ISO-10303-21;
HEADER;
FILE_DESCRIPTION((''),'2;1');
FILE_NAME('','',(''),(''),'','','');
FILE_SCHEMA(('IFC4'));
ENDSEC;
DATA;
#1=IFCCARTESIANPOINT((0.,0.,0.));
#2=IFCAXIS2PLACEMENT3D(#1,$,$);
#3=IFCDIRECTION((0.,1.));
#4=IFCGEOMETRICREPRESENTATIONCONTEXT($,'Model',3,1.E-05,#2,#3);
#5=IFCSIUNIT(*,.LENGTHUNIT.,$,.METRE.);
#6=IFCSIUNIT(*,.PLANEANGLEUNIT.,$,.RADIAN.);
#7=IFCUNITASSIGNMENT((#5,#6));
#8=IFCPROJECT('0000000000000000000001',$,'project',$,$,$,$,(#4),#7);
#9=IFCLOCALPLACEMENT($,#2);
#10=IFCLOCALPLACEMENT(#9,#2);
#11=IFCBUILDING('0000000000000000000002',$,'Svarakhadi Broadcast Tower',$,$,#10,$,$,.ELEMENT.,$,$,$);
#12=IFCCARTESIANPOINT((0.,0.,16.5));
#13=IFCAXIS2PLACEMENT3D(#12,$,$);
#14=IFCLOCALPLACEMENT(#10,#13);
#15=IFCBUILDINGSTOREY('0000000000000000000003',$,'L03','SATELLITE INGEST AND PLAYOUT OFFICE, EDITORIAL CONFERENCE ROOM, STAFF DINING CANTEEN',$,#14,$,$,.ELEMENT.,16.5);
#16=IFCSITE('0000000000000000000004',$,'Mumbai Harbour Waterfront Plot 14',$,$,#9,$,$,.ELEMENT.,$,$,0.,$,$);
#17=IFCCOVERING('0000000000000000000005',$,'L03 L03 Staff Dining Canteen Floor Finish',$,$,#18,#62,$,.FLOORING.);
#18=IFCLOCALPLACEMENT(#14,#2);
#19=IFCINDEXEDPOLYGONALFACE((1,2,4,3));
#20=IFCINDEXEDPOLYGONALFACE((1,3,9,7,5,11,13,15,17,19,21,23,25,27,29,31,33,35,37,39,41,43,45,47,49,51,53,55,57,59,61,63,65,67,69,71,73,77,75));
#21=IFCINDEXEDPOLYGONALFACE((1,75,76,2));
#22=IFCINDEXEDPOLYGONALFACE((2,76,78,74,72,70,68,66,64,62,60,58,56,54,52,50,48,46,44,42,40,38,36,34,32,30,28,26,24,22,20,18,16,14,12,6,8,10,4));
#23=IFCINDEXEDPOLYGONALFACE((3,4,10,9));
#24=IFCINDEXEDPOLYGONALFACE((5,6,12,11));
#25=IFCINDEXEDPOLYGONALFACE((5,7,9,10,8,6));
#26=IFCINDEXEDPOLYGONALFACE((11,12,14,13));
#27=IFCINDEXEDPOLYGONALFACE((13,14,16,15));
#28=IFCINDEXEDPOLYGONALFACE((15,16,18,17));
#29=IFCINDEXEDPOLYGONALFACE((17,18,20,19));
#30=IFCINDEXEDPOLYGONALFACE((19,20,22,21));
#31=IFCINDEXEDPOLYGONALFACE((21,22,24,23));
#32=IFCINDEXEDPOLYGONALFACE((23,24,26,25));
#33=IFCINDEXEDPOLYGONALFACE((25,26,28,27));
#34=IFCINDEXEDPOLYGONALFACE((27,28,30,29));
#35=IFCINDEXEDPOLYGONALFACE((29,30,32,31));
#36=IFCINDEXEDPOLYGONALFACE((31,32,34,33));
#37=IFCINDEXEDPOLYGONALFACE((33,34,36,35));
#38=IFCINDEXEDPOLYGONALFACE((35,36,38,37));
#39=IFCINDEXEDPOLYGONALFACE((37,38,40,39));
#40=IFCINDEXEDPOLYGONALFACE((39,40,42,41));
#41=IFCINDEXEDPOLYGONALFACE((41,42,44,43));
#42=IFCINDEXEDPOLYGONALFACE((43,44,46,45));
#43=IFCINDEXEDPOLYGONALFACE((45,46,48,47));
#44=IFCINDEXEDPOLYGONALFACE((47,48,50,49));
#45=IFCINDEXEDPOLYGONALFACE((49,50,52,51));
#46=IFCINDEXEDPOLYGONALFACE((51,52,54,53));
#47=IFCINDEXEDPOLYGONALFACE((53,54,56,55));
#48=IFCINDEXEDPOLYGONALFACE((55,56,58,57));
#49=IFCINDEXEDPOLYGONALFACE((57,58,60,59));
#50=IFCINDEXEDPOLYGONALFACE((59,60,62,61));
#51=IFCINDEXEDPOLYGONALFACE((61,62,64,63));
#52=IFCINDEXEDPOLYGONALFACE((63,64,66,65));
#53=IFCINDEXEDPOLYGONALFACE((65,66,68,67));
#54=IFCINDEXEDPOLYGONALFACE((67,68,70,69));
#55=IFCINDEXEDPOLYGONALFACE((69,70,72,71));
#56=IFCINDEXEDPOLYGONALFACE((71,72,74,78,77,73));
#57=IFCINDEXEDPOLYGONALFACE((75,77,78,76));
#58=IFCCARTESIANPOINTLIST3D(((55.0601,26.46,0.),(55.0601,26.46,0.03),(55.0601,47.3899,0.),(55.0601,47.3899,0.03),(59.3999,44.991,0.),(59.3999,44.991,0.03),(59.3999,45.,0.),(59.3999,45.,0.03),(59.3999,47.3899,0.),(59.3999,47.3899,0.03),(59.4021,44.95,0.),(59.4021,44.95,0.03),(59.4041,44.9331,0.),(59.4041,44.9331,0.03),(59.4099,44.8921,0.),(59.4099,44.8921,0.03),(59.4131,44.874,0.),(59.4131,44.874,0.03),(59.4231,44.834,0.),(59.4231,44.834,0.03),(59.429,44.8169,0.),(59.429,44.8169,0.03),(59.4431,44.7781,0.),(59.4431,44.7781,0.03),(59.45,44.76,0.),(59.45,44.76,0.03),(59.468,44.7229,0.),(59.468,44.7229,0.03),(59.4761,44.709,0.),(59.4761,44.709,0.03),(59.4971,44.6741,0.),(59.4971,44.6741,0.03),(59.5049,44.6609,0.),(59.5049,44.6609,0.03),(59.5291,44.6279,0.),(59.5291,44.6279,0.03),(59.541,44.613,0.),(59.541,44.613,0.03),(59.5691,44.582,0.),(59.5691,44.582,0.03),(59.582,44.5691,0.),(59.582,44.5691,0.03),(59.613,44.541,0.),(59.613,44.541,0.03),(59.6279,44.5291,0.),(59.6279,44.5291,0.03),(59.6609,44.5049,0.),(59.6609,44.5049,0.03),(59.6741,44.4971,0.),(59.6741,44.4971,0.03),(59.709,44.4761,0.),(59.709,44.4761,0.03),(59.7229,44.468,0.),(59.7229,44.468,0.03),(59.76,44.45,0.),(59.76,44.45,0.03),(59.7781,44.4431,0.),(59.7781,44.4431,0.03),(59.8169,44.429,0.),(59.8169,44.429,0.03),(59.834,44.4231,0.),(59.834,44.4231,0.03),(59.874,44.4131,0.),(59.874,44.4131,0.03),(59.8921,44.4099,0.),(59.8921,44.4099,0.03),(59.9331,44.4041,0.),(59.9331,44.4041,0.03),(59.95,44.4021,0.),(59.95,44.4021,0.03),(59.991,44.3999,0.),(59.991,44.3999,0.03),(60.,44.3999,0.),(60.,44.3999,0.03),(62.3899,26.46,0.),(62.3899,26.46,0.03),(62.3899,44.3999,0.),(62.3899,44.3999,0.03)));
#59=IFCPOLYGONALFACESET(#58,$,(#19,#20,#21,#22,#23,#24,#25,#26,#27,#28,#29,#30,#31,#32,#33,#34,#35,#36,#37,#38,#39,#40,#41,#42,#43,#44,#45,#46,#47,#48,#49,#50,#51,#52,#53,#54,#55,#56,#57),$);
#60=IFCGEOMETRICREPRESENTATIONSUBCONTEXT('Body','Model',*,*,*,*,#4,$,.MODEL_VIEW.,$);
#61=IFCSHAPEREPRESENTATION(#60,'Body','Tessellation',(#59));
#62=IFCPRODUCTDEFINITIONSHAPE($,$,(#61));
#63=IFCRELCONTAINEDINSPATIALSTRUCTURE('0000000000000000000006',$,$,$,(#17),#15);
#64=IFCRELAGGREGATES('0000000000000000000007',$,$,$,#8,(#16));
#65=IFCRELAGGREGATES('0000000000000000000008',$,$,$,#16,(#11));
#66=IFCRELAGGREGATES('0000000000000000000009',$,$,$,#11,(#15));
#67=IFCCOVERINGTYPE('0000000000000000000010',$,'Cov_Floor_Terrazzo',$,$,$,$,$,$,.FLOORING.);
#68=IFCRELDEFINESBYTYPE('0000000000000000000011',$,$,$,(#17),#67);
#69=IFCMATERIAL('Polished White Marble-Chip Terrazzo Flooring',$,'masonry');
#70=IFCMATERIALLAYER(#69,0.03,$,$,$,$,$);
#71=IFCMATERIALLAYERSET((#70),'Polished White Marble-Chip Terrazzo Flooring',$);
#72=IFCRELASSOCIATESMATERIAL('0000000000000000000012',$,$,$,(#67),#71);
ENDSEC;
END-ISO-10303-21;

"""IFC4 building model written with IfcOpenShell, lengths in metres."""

from ifc_helpers import new_model, si_unit, direction, frame, origin, place, context, subcontext, project, spatial, polyline, outline, extrude, material, layer, layer_set, type_object, element, save


model = new_model("IFC4")

# Units and contexts
model_context = context("Model", 3, precision=1e-05, world=origin(), true_north=direction((0.0, 1.0)))
body_context = subcontext(model_context, "Body", "Model", "MODEL_VIEW")
ifc_project = project(units=[si_unit("LENGTHUNIT", "METRE"), si_unit("PLANEANGLEUNIT", "RADIAN")], contexts=[model_context])

# Site, building, storey
site_placement = place(None, origin())
site = spatial("IfcSite", under=ifc_project, at=site_placement, Name="Mumbai Harbour Waterfront Plot 14", CompositionType="ELEMENT", RefElevation=0.0)
building_placement = place(site_placement, origin())
building = spatial("IfcBuilding", under=site, at=building_placement, Name="Svarakhadi Broadcast Tower", CompositionType="ELEMENT")
storey_placement = place(building_placement, frame((0.0, 0.0, 16.5)))
storey = spatial("IfcBuildingStorey", under=building, at=storey_placement, Name="L03", Description="SATELLITE INGEST AND PLAYOUT OFFICE, EDITORIAL CONFERENCE ROOM, STAFF DINING CANTEEN", CompositionType="ELEMENT", Elevation=16.5)

# Covering
ifc_material_1 = material(Name="Polished White Marble-Chip Terrazzo Flooring", Category="masonry")
ifc_layer_1 = layer(ifc_material_1, 0.03)
ifc_layer_set_1 = layer_set([ifc_layer_1], Name="Polished White Marble-Chip Terrazzo Flooring")
covering_type_1 = type_object("IfcCoveringType", Name="Cov_Floor_Terrazzo", PredefinedType="FLOORING", material=ifc_layer_set_1)
covering_1_placement = place(storey_placement, origin())
element("IfcCovering", 1, at=covering_1_placement, inside=storey, type_object=covering_type_1, Name="L03 L03 Staff Dining Canteen Floor Finish", PredefinedType="FLOORING", context=body_context, shape_type="SweptSolid", body=[
    extrude(outline(polyline([(55.0601, 47.3899), (59.3999, 47.3899), (59.3999, 45.0), (59.3999, 44.991), (59.4021, 44.95), (59.4041, 44.9331), (59.4099, 44.8921), (59.4131, 44.874), (59.4231, 44.834), (59.429, 44.8169), (59.4431, 44.7781), (59.45, 44.76), (59.468, 44.7229), (59.4761, 44.709), (59.4971, 44.6741), (59.5049, 44.6609), (59.5291, 44.6279), (59.541, 44.613), (59.5691, 44.582), (59.582, 44.5691), (59.613, 44.541), (59.6279, 44.5291), (59.6609, 44.5049), (59.6741, 44.4971), (59.709, 44.4761), (59.7229, 44.468), (59.76, 44.45), (59.7781, 44.4431), (59.8169, 44.429), (59.834, 44.4231), (59.874, 44.4131), (59.8921, 44.4099), (59.9331, 44.4041), (59.95, 44.4021), (59.991, 44.3999), (60.0, 44.3999), (62.3899, 44.3999), (62.3899, 26.46), (55.0601, 26.46), (55.0601, 47.3899)])), origin(), (0.0, 0.0, 1.0), 0.03),
])

save(model, "model.ifc")
